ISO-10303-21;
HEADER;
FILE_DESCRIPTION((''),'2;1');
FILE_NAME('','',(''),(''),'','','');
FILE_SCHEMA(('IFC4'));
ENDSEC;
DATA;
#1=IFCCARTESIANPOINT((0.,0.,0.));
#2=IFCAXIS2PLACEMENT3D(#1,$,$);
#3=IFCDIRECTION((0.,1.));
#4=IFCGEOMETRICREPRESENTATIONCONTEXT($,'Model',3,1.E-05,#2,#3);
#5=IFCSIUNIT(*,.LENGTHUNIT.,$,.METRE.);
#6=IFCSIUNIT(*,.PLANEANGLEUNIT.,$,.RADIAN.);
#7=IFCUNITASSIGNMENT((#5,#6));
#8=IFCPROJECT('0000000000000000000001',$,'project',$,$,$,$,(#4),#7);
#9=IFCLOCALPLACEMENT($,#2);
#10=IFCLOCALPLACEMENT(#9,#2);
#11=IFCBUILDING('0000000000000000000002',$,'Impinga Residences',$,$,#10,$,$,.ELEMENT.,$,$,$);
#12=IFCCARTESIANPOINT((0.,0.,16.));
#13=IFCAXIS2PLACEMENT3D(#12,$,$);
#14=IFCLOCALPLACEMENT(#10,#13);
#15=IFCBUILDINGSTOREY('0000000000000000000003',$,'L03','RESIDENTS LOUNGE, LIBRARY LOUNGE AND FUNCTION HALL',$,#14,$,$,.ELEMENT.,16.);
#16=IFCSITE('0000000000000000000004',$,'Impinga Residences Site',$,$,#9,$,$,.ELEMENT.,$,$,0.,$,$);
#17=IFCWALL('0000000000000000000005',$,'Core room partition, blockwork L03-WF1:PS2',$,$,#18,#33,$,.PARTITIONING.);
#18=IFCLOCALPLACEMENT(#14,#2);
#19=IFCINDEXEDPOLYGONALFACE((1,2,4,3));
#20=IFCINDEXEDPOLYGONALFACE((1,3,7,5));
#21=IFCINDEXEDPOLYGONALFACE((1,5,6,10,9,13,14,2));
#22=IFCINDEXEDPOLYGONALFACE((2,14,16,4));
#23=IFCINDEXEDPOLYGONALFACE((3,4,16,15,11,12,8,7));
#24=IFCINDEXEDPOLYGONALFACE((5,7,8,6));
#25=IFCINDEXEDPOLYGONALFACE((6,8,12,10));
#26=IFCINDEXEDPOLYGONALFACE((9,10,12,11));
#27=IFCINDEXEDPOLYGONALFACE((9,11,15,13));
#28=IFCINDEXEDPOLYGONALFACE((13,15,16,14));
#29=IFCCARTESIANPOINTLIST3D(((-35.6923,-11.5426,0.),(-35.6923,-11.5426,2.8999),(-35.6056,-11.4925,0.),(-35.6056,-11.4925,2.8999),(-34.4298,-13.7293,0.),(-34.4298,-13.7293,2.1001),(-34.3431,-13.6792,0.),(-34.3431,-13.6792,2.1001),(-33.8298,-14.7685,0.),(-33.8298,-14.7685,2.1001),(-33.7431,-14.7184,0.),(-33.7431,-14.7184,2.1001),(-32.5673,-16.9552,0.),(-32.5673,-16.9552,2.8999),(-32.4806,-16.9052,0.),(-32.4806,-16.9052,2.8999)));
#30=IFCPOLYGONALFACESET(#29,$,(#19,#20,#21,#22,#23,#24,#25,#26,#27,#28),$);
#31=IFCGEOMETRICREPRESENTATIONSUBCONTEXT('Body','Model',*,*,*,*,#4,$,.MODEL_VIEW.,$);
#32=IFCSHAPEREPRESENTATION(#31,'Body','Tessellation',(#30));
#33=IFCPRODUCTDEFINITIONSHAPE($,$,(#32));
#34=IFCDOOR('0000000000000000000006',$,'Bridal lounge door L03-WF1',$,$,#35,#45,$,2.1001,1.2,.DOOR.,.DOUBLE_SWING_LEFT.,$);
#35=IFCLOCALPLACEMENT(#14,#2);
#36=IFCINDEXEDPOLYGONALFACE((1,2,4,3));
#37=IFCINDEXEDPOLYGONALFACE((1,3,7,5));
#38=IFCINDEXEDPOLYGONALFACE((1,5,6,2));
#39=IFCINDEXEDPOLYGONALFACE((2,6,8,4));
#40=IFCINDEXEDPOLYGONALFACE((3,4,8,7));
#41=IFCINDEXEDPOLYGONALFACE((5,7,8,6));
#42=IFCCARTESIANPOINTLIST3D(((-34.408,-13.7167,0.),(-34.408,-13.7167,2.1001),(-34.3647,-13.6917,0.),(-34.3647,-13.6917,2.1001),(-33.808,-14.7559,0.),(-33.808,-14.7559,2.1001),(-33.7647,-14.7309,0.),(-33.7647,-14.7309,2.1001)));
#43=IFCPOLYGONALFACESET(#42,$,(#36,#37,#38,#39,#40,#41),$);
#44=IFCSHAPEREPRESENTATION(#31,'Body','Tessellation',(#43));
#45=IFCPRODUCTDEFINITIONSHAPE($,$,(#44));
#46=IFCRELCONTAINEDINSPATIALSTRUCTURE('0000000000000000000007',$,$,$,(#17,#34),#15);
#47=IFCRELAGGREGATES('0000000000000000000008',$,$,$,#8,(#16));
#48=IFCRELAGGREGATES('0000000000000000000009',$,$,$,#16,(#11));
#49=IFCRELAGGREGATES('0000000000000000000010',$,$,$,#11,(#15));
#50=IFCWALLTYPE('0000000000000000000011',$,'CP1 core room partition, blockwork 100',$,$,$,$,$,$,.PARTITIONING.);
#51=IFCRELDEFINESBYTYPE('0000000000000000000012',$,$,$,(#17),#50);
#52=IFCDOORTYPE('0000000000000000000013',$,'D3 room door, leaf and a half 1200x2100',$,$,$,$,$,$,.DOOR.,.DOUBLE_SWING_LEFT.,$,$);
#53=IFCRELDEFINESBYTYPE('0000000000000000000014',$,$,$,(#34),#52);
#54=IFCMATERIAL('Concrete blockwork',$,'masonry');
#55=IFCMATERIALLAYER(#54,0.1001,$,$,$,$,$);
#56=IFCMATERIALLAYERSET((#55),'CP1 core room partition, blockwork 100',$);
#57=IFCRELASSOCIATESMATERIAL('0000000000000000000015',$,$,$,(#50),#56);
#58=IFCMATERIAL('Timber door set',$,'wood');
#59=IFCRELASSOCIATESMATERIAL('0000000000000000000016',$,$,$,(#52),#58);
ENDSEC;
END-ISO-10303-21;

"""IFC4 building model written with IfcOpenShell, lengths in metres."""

from ifc_helpers import new_model, si_unit, direction, frame, frame_2d, origin, place, context, subcontext, project, spatial, rectangle, extrude, material, layer, layer_set, type_object, element, fill, save


model = new_model("IFC4")

# Units and contexts
model_context = context("Model", 3, precision=1e-05, world=origin(), true_north=direction((0.0, 1.0)))
body_context = subcontext(model_context, "Body", "Model", "MODEL_VIEW")
ifc_project = project(units=[si_unit("LENGTHUNIT", "METRE"), si_unit("PLANEANGLEUNIT", "RADIAN")], contexts=[model_context])

# Site, building, storey
site_placement = place(None, origin())
site = spatial("IfcSite", under=ifc_project, at=site_placement, Name="Impinga Residences Site", CompositionType="ELEMENT", RefElevation=0.0)
building_placement = place(site_placement, origin())
building = spatial("IfcBuilding", under=site, at=building_placement, Name="Impinga Residences", CompositionType="ELEMENT")
storey_placement = place(building_placement, frame((0.0, 0.0, 16.0)))
storey = spatial("IfcBuildingStorey", under=building, at=storey_placement, Name="L03", Description="RESIDENTS LOUNGE, LIBRARY LOUNGE AND FUNCTION HALL", CompositionType="ELEMENT", Elevation=16.0)

# Wall, opening, door
ifc_material_1 = material(Name="Concrete blockwork", Category="masonry")
ifc_layer_1 = layer(ifc_material_1, 0.1001)
ifc_layer_set_1 = layer_set([ifc_layer_1], Name="CP1 core room partition, blockwork 100")
wall_type_1 = type_object("IfcWallType", Name="CP1 core room partition, blockwork 100", PredefinedType="PARTITIONING", material=ifc_layer_set_1)
wall_1_placement = place(storey_placement, frame((-32.5239, -16.9302, 0.0), z_axis=(0.0, 0.0, 1.0), x_axis=(-0.500004, 0.866023, 0.0)))
wall_1 = element("IfcWall", 1, at=wall_1_placement, inside=storey, type_object=wall_type_1, Name="Core room partition, blockwork L03-WF1:PS2", PredefinedType="PARTITIONING", context=body_context, shape_type="SweptSolid", body=[
    extrude(rectangle(XDim=6.25, YDim=0.1001, at=frame_2d((3.125, 0.0))), origin(), (0.0, 0.0, 1.0), 2.8999),
])
opening_1_placement = place(wall_1_placement, frame((2.5249, 0.0, 0.0)))
opening_1 = element("IfcOpeningElement", 2, at=opening_1_placement, cuts=wall_1, PredefinedType="OPENING", context=body_context, shape_type="SweptSolid", body=[
    extrude(rectangle(XDim=1.2, YDim=2.1001, at=frame_2d((0.6001, 1.05))), frame((0.0, 0.0601, 0.0), z_axis=(0.0, -1.0, 0.0), x_axis=(1.0, 0.0, 0.0)), (0.0, 0.0, 1.0), 0.1201),
])
ifc_material_2 = material(Name="Timber door set", Category="wood")
door_type_1 = type_object("IfcDoorType", Name="D3 room door, leaf and a half 1200x2100", OperationType="DOUBLE_SWING_LEFT", PredefinedType="DOOR", material=ifc_material_2)
door_1_placement = place(opening_1_placement, origin())
door_1 = element("IfcDoor", 3, at=door_1_placement, inside=storey, type_object=door_type_1, Name="Bridal lounge door L03-WF1", OperationType="DOUBLE_SWING_LEFT", OverallHeight=2.1001, OverallWidth=1.2, PredefinedType="DOOR", context=body_context, shape_type="SweptSolid", body=[
    extrude(rectangle(XDim=1.2, YDim=2.1001, at=frame_2d((0.6001, 1.05))), frame((0.0, 0.0249, 0.0), z_axis=(0.0, -1.0, 0.0), x_axis=(1.0, 0.0, 0.0)), (0.0, 0.0, 1.0), 0.05),
])
fill(opening_1, door_1)

save(model, "model.ifc")
